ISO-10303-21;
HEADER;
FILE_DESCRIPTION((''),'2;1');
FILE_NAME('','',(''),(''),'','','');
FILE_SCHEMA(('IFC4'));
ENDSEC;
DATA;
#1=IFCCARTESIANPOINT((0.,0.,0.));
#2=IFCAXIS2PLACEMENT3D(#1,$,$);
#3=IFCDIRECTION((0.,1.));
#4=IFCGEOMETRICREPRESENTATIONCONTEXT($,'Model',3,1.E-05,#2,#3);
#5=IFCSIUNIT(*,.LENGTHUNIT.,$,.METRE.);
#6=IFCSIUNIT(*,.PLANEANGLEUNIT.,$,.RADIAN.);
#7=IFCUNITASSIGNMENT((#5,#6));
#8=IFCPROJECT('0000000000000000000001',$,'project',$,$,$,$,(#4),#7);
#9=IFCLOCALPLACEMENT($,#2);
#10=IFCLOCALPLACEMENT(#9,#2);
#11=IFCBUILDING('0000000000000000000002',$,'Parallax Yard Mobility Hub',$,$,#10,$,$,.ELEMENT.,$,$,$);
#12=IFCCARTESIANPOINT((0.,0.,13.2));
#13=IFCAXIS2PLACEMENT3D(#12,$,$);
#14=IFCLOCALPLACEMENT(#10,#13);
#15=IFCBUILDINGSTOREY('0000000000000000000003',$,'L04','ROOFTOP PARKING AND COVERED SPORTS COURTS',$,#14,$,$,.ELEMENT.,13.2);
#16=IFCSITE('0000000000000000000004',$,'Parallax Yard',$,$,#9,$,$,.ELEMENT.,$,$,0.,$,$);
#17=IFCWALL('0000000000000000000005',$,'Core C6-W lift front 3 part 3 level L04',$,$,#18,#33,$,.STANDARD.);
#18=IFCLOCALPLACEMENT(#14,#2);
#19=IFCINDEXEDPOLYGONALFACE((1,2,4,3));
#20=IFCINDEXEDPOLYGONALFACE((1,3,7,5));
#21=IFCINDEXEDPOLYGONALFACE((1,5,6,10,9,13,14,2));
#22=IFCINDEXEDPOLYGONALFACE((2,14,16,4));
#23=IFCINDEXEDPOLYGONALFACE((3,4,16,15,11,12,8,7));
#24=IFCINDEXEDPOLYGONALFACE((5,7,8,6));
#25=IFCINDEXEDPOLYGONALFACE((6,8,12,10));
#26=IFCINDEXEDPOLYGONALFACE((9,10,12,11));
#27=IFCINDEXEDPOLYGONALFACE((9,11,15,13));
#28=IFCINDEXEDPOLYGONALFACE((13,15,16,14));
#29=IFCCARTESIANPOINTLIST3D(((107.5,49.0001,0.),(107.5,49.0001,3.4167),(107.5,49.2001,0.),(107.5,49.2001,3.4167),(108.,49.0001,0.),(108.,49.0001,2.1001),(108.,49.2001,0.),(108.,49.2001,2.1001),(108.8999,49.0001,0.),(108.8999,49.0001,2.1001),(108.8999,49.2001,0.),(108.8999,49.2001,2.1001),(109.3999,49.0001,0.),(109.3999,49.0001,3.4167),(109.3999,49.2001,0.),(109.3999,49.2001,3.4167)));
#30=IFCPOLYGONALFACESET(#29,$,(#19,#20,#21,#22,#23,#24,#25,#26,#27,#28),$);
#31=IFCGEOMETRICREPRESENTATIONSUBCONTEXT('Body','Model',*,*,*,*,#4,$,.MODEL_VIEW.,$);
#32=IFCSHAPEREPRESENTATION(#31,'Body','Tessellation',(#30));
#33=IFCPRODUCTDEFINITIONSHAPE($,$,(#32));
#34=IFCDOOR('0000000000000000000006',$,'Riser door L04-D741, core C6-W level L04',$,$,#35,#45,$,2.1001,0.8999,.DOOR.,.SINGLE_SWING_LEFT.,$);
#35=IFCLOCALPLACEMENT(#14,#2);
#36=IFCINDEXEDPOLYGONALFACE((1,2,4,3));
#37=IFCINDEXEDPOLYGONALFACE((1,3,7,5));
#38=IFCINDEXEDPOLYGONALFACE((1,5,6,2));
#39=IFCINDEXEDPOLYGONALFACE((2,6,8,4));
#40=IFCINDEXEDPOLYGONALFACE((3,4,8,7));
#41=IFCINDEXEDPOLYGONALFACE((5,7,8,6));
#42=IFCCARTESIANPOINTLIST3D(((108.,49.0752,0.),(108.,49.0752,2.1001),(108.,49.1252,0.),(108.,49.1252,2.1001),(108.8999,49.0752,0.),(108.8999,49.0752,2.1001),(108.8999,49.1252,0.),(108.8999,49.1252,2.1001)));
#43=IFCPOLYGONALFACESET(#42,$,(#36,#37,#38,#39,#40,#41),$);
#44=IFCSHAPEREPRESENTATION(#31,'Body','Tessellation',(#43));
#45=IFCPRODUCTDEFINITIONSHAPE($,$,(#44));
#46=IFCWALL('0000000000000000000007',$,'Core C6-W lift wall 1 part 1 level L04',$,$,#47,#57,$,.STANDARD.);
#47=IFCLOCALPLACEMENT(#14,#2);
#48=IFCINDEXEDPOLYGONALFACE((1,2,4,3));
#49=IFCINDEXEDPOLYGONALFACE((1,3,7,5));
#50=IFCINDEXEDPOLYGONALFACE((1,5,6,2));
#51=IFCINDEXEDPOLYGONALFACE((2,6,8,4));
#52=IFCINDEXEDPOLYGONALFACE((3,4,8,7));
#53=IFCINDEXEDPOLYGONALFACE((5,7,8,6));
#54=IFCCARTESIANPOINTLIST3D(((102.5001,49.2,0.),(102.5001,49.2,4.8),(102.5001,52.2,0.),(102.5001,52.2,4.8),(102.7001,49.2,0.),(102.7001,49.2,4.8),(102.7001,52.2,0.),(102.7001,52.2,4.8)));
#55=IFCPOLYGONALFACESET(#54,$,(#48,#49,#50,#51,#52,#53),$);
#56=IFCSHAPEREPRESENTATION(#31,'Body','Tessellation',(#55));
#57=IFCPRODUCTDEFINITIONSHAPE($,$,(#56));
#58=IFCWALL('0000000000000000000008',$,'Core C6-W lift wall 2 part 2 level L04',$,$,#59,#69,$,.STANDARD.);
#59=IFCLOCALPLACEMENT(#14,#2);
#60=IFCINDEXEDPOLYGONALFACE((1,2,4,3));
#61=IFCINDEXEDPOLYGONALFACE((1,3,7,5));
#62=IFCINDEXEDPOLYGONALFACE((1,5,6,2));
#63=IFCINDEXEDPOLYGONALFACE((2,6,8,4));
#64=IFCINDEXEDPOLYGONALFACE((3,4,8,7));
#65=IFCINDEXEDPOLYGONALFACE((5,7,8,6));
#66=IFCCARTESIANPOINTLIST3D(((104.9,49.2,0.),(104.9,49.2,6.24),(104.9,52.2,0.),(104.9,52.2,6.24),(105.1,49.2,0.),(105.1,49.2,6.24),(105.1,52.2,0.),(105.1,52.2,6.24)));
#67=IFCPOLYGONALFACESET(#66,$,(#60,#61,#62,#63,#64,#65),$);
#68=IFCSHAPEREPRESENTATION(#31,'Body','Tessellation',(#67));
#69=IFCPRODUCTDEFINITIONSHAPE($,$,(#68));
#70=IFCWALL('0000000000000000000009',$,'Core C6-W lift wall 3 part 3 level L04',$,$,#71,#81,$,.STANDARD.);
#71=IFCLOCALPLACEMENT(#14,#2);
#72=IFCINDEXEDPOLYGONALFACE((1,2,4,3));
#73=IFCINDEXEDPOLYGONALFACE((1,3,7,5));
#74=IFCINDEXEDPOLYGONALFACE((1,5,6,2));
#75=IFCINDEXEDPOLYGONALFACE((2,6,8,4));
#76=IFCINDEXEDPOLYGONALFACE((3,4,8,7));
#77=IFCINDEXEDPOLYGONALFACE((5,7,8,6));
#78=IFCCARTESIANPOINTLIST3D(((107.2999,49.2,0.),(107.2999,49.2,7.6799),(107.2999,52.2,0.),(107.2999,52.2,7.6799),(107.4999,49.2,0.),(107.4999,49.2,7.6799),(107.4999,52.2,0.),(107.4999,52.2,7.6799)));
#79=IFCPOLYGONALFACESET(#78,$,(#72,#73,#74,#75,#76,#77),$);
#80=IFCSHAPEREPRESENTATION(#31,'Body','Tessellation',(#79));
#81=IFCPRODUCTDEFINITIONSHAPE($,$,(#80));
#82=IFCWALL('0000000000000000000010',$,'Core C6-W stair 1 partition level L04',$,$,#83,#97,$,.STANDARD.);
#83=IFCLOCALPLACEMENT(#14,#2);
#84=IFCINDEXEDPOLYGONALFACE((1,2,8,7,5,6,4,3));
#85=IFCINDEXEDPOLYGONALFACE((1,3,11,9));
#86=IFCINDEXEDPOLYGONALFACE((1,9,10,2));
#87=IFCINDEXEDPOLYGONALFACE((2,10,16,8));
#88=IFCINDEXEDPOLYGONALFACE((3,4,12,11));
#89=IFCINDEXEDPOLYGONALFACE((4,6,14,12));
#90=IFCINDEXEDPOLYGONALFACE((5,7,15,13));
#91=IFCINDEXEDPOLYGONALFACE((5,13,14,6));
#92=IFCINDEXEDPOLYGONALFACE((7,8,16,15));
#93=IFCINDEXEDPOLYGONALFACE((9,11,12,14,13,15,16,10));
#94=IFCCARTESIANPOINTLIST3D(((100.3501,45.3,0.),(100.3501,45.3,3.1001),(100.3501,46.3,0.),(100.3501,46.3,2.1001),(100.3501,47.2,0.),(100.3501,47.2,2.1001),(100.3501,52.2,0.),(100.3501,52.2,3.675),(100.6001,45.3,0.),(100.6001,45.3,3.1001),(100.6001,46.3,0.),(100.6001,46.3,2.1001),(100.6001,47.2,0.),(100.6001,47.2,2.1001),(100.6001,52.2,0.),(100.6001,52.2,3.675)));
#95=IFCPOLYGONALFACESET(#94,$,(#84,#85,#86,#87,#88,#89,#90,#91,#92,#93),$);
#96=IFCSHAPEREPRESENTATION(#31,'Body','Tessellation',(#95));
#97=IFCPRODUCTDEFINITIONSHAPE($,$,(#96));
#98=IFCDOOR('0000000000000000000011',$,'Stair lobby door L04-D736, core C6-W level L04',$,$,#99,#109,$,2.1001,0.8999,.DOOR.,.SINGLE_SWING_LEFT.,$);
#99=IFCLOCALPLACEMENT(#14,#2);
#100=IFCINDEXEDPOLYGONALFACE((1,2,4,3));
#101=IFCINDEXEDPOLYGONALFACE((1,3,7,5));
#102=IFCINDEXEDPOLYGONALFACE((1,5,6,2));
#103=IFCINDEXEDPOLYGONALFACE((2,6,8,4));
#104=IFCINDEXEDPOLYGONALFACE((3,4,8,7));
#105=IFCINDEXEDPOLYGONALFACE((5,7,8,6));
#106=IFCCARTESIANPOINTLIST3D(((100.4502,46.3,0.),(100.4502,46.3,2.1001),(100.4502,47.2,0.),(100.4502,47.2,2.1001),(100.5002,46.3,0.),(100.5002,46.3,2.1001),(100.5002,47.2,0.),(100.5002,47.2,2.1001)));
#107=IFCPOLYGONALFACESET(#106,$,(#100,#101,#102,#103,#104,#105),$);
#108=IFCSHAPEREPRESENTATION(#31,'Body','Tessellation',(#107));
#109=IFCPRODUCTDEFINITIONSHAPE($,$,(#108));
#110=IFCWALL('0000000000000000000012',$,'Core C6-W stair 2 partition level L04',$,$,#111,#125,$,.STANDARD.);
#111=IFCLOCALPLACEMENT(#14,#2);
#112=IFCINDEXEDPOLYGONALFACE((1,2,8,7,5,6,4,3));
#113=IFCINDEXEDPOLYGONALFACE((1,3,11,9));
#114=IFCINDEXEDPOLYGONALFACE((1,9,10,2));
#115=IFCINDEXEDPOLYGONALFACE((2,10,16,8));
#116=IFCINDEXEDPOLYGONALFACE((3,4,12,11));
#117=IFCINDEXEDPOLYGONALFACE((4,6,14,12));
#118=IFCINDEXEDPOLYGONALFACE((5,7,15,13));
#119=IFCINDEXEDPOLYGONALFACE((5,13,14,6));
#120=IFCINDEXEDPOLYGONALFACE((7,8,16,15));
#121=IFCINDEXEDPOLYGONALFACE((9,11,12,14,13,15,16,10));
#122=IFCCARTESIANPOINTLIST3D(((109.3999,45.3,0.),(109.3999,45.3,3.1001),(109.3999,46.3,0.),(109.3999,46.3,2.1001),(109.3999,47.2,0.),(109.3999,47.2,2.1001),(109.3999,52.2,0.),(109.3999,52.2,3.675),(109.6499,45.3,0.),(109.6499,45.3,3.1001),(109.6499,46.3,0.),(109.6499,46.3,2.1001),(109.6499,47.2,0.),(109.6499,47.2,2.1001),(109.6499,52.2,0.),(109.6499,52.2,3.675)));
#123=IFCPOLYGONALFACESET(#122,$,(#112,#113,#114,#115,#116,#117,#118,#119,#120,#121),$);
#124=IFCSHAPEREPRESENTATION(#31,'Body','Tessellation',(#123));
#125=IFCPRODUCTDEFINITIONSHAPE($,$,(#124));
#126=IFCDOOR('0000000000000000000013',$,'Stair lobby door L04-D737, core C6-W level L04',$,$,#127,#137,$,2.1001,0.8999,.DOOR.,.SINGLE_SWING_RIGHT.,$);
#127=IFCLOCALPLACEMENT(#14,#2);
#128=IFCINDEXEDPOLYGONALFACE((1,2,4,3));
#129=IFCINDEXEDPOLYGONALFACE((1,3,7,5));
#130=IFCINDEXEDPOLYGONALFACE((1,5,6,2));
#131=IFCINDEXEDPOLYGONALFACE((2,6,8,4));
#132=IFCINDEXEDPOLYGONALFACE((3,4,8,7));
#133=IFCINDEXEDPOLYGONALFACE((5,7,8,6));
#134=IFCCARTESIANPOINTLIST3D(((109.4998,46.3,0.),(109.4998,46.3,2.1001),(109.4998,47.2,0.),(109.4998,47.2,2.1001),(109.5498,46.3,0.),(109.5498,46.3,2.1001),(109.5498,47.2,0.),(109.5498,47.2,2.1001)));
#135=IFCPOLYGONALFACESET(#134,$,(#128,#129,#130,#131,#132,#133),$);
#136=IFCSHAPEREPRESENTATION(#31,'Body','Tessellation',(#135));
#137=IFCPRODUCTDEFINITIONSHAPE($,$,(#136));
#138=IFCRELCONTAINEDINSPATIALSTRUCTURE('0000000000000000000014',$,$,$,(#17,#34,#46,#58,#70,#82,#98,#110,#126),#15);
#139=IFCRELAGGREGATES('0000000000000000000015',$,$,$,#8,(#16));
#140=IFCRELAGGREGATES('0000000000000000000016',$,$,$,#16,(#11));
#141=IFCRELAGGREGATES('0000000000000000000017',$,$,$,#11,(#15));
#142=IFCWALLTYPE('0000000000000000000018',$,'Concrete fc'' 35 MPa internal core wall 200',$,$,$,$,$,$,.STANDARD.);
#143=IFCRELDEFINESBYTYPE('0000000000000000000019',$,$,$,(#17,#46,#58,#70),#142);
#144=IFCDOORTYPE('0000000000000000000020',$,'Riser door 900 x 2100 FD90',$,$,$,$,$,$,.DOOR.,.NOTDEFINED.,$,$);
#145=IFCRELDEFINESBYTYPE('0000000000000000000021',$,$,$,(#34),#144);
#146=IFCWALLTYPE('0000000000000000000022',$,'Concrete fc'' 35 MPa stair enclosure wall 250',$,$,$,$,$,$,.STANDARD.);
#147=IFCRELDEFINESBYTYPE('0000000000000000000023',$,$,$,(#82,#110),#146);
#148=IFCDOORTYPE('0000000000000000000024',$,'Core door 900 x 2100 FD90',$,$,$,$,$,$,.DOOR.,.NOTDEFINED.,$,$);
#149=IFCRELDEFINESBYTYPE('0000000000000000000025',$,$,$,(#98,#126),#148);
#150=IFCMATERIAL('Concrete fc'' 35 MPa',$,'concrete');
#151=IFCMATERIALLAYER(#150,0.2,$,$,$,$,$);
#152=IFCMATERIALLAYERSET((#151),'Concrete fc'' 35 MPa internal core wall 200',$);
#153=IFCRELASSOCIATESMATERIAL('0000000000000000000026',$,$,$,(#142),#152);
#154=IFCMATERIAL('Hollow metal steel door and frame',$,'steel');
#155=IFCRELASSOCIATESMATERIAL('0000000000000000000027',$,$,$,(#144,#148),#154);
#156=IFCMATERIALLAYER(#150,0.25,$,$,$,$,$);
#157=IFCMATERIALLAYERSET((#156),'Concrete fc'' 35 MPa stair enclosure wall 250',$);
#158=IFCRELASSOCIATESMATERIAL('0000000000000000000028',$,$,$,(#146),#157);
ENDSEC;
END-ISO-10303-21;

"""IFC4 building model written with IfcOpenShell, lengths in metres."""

from ifc_helpers import new_model, si_unit, direction, frame, frame_2d, origin, place, context, subcontext, project, spatial, polyline, rectangle, outline, extrude, material, layer, layer_set, type_object, element, fill, save


model = new_model("IFC4")

# Units and contexts
model_context = context("Model", 3, precision=1e-05, world=origin(), true_north=direction((0.0, 1.0)))
body_context = subcontext(model_context, "Body", "Model", "MODEL_VIEW")
ifc_project = project(units=[si_unit("LENGTHUNIT", "METRE"), si_unit("PLANEANGLEUNIT", "RADIAN")], contexts=[model_context])

# Site, building, storey
site_placement = place(None, origin())
site = spatial("IfcSite", under=ifc_project, at=site_placement, Name="Parallax Yard", CompositionType="ELEMENT", RefElevation=0.0)
building_placement = place(site_placement, origin())
building = spatial("IfcBuilding", under=site, at=building_placement, Name="Parallax Yard Mobility Hub", CompositionType="ELEMENT")
storey_placement = place(building_placement, frame((0.0, 0.0, 13.2)))
storey = spatial("IfcBuildingStorey", under=building, at=storey_placement, Name="L04", Description="ROOFTOP PARKING AND COVERED SPORTS COURTS", CompositionType="ELEMENT", Elevation=13.2)

# Shared definitions
ifc_material_1 = material(Name="Concrete fc' 35 MPa", Category="concrete")

# Shared definitions
ifc_layer_1 = layer(ifc_material_1, 0.2)
ifc_layer_set_1 = layer_set([ifc_layer_1], Name="Concrete fc' 35 MPa internal core wall 200")
wall_type_1 = type_object("IfcWallType", Name="Concrete fc' 35 MPa internal core wall 200", PredefinedType="STANDARD", material=ifc_layer_set_1)
ifc_material_2 = material(Name="Hollow metal steel door and frame", Category="steel")
door_type_1 = type_object("IfcDoorType", Name="Riser door 900 x 2100 FD90", OperationType="NOTDEFINED", PredefinedType="DOOR", material=ifc_material_2)

# Wall, opening, door
wall_1_placement = place(storey_placement, frame((109.3999, 49.1001, 0.0), z_axis=(0.0, 0.0, 1.0), x_axis=(-1.0, 0.0, 0.0)))
wall_1 = element("IfcWall", 1, at=wall_1_placement, inside=storey, type_object=wall_type_1, Name="Core C6-W lift front 3 part 3 level L04", PredefinedType="STANDARD", context=body_context, shape_type="SweptSolid", body=[
    extrude(rectangle(XDim=1.8999, YDim=0.2, at=frame_2d((0.95, 0.0))), origin(), (0.0, 0.0, 1.0), 3.4167),
])
opening_1_placement = place(wall_1_placement, frame((0.5, 0.0, 0.0)))
opening_1 = element("IfcOpeningElement", 2, at=opening_1_placement, cuts=wall_1, PredefinedType="OPENING", context=body_context, shape_type="SweptSolid", body=[
    extrude(rectangle(XDim=0.8999, YDim=2.1001, at=frame_2d((0.45, 1.05))), frame((0.0, 0.1099, 0.0), z_axis=(0.0, -1.0, 0.0), x_axis=(1.0, 0.0, 0.0)), (0.0, 0.0, 1.0), 0.22),
])
door_1_placement = place(opening_1_placement, origin())
door_1 = element("IfcDoor", 3, at=door_1_placement, inside=storey, type_object=door_type_1, Name="Riser door L04-D741, core C6-W level L04", OperationType="SINGLE_SWING_LEFT", OverallHeight=2.1001, OverallWidth=0.8999, PredefinedType="DOOR", context=body_context, shape_type="SweptSolid", body=[
    extrude(rectangle(XDim=0.8999, YDim=2.1001, at=frame_2d((0.45, 1.05))), frame((0.0, 0.0249, 0.0), z_axis=(0.0, -1.0, 0.0), x_axis=(1.0, 0.0, 0.0)), (0.0, 0.0, 1.0), 0.05),
])
fill(opening_1, door_1)

# Walls
wall_2_placement = place(storey_placement, frame((102.6001, 49.2, 0.0), z_axis=(0.0, 0.0, 1.0), x_axis=(0.0, 1.0, 0.0)))
element("IfcWall", 4, at=wall_2_placement, inside=storey, type_object=wall_type_1, Name="Core C6-W lift wall 1 part 1 level L04", PredefinedType="STANDARD", context=body_context, shape_type="SweptSolid", body=[
    extrude(rectangle(XDim=3.0, YDim=0.2, at=frame_2d((1.5, 0.0))), origin(), (0.0, 0.0, 1.0), 4.8),
])
wall_3_placement = place(storey_placement, frame((105.0, 49.2, 0.0), z_axis=(0.0, 0.0, 1.0), x_axis=(0.0, 1.0, 0.0)))
element("IfcWall", 5, at=wall_3_placement, inside=storey, type_object=wall_type_1, Name="Core C6-W lift wall 2 part 2 level L04", PredefinedType="STANDARD", context=body_context, shape_type="SweptSolid", body=[
    extrude(rectangle(XDim=3.0, YDim=0.2, at=frame_2d((1.5, 0.0))), origin(), (0.0, 0.0, 1.0), 6.24),
])
wall_4_placement = place(storey_placement, frame((107.3999, 49.2, 0.0), z_axis=(0.0, 0.0, 1.0), x_axis=(0.0, 1.0, 0.0)))
element("IfcWall", 6, at=wall_4_placement, inside=storey, type_object=wall_type_1, Name="Core C6-W lift wall 3 part 3 level L04", PredefinedType="STANDARD", context=body_context, shape_type="SweptSolid", body=[
    extrude(rectangle(XDim=3.0, YDim=0.2, at=frame_2d((1.5, 0.0))), origin(), (0.0, 0.0, 1.0), 7.6799),
])

# Walls, openings, doors
ifc_layer_2 = layer(ifc_material_1, 0.25)
ifc_layer_set_2 = layer_set([ifc_layer_2], Name="Concrete fc' 35 MPa stair enclosure wall 250")
wall_type_2 = type_object("IfcWallType", Name="Concrete fc' 35 MPa stair enclosure wall 250", PredefinedType="STANDARD", material=ifc_layer_set_2)
wall_5_placement = place(storey_placement, frame((100.4751, 45.3, 0.0), z_axis=(0.0, 0.0, 1.0), x_axis=(0.0, 1.0, 0.0)))
wall_5 = element("IfcWall", 7, at=wall_5_placement, inside=storey, type_object=wall_type_2, Name="Core C6-W stair 1 partition level L04", PredefinedType="STANDARD", context=body_context, shape_type="SweptSolid", body=[
    extrude(outline(polyline([(0.0, 0.0), (6.8999, 0.0), (6.8999, 3.675), (0.0, 3.1001), (0.0, 0.0)])), frame((0.0, 0.125, 0.0), z_axis=(0.0, -1.0, 0.0), x_axis=(1.0, 0.0, 0.0)), (0.0, 0.0, 1.0), 0.25),
])
opening_2_placement = place(wall_5_placement, frame((1.0, 0.0, 0.0)))
opening_2 = element("IfcOpeningElement", 8, at=opening_2_placement, cuts=wall_5, PredefinedType="OPENING", context=body_context, shape_type="SweptSolid", body=[
    extrude(rectangle(XDim=0.8999, YDim=2.1001, at=frame_2d((0.45, 1.05))), frame((0.0, 0.135, 0.0), z_axis=(0.0, -1.0, 0.0), x_axis=(1.0, 0.0, 0.0)), (0.0, 0.0, 1.0), 0.27),
])
door_type_2 = type_object("IfcDoorType", Name="Core door 900 x 2100 FD90", OperationType="NOTDEFINED", PredefinedType="DOOR", material=ifc_material_2)
door_2_placement = place(opening_2_placement, origin())
door_2 = element("IfcDoor", 9, at=door_2_placement, inside=storey, type_object=door_type_2, Name="Stair lobby door L04-D736, core C6-W level L04", OperationType="SINGLE_SWING_LEFT", OverallHeight=2.1001, OverallWidth=0.8999, PredefinedType="DOOR", context=body_context, shape_type="SweptSolid", body=[
    extrude(rectangle(XDim=0.8999, YDim=2.1001, at=frame_2d((0.45, 1.05))), frame((0.0, 0.0249, 0.0), z_axis=(0.0, -1.0, 0.0), x_axis=(1.0, 0.0, 0.0)), (0.0, 0.0, 1.0), 0.05),
])
fill(opening_2, door_2)
wall_6_placement = place(storey_placement, frame((109.5249, 52.2, 0.0), z_axis=(0.0, 0.0, 1.0), x_axis=(0.0, -1.0, 0.0)))
wall_6 = element("IfcWall", 10, at=wall_6_placement, inside=storey, type_object=wall_type_2, Name="Core C6-W stair 2 partition level L04", PredefinedType="STANDARD", context=body_context, shape_type="SweptSolid", body=[
    extrude(outline(polyline([(0.0, 0.0), (6.8999, 0.0), (6.8999, 3.1001), (0.0, 3.675), (0.0, 0.0)])), frame((0.0, 0.125, 0.0), z_axis=(0.0, -1.0, 0.0), x_axis=(1.0, 0.0, 0.0)), (0.0, 0.0, 1.0), 0.25),
])
opening_3_placement = place(wall_6_placement, frame((5.0, 0.0, 0.0)))
opening_3 = element("IfcOpeningElement", 11, at=opening_3_placement, cuts=wall_6, PredefinedType="OPENING", context=body_context, shape_type="SweptSolid", body=[
    extrude(rectangle(XDim=0.8999, YDim=2.1001, at=frame_2d((0.45, 1.05))), frame((0.0, 0.135, 0.0), z_axis=(0.0, -1.0, 0.0), x_axis=(1.0, 0.0, 0.0)), (0.0, 0.0, 1.0), 0.27),
])
door_3_placement = place(opening_3_placement, origin())
door_3 = element("IfcDoor", 12, at=door_3_placement, inside=storey, type_object=door_type_2, Name="Stair lobby door L04-D737, core C6-W level L04", OperationType="SINGLE_SWING_RIGHT", OverallHeight=2.1001, OverallWidth=0.8999, PredefinedType="DOOR", context=body_context, shape_type="SweptSolid", body=[
    extrude(rectangle(XDim=0.8999, YDim=2.1001, at=frame_2d((0.45, 1.05))), frame((0.0, 0.0249, 0.0), z_axis=(0.0, -1.0, 0.0), x_axis=(1.0, 0.0, 0.0)), (0.0, 0.0, 1.0), 0.05),
])
fill(opening_3, door_3)

save(model, "model.ifc")
